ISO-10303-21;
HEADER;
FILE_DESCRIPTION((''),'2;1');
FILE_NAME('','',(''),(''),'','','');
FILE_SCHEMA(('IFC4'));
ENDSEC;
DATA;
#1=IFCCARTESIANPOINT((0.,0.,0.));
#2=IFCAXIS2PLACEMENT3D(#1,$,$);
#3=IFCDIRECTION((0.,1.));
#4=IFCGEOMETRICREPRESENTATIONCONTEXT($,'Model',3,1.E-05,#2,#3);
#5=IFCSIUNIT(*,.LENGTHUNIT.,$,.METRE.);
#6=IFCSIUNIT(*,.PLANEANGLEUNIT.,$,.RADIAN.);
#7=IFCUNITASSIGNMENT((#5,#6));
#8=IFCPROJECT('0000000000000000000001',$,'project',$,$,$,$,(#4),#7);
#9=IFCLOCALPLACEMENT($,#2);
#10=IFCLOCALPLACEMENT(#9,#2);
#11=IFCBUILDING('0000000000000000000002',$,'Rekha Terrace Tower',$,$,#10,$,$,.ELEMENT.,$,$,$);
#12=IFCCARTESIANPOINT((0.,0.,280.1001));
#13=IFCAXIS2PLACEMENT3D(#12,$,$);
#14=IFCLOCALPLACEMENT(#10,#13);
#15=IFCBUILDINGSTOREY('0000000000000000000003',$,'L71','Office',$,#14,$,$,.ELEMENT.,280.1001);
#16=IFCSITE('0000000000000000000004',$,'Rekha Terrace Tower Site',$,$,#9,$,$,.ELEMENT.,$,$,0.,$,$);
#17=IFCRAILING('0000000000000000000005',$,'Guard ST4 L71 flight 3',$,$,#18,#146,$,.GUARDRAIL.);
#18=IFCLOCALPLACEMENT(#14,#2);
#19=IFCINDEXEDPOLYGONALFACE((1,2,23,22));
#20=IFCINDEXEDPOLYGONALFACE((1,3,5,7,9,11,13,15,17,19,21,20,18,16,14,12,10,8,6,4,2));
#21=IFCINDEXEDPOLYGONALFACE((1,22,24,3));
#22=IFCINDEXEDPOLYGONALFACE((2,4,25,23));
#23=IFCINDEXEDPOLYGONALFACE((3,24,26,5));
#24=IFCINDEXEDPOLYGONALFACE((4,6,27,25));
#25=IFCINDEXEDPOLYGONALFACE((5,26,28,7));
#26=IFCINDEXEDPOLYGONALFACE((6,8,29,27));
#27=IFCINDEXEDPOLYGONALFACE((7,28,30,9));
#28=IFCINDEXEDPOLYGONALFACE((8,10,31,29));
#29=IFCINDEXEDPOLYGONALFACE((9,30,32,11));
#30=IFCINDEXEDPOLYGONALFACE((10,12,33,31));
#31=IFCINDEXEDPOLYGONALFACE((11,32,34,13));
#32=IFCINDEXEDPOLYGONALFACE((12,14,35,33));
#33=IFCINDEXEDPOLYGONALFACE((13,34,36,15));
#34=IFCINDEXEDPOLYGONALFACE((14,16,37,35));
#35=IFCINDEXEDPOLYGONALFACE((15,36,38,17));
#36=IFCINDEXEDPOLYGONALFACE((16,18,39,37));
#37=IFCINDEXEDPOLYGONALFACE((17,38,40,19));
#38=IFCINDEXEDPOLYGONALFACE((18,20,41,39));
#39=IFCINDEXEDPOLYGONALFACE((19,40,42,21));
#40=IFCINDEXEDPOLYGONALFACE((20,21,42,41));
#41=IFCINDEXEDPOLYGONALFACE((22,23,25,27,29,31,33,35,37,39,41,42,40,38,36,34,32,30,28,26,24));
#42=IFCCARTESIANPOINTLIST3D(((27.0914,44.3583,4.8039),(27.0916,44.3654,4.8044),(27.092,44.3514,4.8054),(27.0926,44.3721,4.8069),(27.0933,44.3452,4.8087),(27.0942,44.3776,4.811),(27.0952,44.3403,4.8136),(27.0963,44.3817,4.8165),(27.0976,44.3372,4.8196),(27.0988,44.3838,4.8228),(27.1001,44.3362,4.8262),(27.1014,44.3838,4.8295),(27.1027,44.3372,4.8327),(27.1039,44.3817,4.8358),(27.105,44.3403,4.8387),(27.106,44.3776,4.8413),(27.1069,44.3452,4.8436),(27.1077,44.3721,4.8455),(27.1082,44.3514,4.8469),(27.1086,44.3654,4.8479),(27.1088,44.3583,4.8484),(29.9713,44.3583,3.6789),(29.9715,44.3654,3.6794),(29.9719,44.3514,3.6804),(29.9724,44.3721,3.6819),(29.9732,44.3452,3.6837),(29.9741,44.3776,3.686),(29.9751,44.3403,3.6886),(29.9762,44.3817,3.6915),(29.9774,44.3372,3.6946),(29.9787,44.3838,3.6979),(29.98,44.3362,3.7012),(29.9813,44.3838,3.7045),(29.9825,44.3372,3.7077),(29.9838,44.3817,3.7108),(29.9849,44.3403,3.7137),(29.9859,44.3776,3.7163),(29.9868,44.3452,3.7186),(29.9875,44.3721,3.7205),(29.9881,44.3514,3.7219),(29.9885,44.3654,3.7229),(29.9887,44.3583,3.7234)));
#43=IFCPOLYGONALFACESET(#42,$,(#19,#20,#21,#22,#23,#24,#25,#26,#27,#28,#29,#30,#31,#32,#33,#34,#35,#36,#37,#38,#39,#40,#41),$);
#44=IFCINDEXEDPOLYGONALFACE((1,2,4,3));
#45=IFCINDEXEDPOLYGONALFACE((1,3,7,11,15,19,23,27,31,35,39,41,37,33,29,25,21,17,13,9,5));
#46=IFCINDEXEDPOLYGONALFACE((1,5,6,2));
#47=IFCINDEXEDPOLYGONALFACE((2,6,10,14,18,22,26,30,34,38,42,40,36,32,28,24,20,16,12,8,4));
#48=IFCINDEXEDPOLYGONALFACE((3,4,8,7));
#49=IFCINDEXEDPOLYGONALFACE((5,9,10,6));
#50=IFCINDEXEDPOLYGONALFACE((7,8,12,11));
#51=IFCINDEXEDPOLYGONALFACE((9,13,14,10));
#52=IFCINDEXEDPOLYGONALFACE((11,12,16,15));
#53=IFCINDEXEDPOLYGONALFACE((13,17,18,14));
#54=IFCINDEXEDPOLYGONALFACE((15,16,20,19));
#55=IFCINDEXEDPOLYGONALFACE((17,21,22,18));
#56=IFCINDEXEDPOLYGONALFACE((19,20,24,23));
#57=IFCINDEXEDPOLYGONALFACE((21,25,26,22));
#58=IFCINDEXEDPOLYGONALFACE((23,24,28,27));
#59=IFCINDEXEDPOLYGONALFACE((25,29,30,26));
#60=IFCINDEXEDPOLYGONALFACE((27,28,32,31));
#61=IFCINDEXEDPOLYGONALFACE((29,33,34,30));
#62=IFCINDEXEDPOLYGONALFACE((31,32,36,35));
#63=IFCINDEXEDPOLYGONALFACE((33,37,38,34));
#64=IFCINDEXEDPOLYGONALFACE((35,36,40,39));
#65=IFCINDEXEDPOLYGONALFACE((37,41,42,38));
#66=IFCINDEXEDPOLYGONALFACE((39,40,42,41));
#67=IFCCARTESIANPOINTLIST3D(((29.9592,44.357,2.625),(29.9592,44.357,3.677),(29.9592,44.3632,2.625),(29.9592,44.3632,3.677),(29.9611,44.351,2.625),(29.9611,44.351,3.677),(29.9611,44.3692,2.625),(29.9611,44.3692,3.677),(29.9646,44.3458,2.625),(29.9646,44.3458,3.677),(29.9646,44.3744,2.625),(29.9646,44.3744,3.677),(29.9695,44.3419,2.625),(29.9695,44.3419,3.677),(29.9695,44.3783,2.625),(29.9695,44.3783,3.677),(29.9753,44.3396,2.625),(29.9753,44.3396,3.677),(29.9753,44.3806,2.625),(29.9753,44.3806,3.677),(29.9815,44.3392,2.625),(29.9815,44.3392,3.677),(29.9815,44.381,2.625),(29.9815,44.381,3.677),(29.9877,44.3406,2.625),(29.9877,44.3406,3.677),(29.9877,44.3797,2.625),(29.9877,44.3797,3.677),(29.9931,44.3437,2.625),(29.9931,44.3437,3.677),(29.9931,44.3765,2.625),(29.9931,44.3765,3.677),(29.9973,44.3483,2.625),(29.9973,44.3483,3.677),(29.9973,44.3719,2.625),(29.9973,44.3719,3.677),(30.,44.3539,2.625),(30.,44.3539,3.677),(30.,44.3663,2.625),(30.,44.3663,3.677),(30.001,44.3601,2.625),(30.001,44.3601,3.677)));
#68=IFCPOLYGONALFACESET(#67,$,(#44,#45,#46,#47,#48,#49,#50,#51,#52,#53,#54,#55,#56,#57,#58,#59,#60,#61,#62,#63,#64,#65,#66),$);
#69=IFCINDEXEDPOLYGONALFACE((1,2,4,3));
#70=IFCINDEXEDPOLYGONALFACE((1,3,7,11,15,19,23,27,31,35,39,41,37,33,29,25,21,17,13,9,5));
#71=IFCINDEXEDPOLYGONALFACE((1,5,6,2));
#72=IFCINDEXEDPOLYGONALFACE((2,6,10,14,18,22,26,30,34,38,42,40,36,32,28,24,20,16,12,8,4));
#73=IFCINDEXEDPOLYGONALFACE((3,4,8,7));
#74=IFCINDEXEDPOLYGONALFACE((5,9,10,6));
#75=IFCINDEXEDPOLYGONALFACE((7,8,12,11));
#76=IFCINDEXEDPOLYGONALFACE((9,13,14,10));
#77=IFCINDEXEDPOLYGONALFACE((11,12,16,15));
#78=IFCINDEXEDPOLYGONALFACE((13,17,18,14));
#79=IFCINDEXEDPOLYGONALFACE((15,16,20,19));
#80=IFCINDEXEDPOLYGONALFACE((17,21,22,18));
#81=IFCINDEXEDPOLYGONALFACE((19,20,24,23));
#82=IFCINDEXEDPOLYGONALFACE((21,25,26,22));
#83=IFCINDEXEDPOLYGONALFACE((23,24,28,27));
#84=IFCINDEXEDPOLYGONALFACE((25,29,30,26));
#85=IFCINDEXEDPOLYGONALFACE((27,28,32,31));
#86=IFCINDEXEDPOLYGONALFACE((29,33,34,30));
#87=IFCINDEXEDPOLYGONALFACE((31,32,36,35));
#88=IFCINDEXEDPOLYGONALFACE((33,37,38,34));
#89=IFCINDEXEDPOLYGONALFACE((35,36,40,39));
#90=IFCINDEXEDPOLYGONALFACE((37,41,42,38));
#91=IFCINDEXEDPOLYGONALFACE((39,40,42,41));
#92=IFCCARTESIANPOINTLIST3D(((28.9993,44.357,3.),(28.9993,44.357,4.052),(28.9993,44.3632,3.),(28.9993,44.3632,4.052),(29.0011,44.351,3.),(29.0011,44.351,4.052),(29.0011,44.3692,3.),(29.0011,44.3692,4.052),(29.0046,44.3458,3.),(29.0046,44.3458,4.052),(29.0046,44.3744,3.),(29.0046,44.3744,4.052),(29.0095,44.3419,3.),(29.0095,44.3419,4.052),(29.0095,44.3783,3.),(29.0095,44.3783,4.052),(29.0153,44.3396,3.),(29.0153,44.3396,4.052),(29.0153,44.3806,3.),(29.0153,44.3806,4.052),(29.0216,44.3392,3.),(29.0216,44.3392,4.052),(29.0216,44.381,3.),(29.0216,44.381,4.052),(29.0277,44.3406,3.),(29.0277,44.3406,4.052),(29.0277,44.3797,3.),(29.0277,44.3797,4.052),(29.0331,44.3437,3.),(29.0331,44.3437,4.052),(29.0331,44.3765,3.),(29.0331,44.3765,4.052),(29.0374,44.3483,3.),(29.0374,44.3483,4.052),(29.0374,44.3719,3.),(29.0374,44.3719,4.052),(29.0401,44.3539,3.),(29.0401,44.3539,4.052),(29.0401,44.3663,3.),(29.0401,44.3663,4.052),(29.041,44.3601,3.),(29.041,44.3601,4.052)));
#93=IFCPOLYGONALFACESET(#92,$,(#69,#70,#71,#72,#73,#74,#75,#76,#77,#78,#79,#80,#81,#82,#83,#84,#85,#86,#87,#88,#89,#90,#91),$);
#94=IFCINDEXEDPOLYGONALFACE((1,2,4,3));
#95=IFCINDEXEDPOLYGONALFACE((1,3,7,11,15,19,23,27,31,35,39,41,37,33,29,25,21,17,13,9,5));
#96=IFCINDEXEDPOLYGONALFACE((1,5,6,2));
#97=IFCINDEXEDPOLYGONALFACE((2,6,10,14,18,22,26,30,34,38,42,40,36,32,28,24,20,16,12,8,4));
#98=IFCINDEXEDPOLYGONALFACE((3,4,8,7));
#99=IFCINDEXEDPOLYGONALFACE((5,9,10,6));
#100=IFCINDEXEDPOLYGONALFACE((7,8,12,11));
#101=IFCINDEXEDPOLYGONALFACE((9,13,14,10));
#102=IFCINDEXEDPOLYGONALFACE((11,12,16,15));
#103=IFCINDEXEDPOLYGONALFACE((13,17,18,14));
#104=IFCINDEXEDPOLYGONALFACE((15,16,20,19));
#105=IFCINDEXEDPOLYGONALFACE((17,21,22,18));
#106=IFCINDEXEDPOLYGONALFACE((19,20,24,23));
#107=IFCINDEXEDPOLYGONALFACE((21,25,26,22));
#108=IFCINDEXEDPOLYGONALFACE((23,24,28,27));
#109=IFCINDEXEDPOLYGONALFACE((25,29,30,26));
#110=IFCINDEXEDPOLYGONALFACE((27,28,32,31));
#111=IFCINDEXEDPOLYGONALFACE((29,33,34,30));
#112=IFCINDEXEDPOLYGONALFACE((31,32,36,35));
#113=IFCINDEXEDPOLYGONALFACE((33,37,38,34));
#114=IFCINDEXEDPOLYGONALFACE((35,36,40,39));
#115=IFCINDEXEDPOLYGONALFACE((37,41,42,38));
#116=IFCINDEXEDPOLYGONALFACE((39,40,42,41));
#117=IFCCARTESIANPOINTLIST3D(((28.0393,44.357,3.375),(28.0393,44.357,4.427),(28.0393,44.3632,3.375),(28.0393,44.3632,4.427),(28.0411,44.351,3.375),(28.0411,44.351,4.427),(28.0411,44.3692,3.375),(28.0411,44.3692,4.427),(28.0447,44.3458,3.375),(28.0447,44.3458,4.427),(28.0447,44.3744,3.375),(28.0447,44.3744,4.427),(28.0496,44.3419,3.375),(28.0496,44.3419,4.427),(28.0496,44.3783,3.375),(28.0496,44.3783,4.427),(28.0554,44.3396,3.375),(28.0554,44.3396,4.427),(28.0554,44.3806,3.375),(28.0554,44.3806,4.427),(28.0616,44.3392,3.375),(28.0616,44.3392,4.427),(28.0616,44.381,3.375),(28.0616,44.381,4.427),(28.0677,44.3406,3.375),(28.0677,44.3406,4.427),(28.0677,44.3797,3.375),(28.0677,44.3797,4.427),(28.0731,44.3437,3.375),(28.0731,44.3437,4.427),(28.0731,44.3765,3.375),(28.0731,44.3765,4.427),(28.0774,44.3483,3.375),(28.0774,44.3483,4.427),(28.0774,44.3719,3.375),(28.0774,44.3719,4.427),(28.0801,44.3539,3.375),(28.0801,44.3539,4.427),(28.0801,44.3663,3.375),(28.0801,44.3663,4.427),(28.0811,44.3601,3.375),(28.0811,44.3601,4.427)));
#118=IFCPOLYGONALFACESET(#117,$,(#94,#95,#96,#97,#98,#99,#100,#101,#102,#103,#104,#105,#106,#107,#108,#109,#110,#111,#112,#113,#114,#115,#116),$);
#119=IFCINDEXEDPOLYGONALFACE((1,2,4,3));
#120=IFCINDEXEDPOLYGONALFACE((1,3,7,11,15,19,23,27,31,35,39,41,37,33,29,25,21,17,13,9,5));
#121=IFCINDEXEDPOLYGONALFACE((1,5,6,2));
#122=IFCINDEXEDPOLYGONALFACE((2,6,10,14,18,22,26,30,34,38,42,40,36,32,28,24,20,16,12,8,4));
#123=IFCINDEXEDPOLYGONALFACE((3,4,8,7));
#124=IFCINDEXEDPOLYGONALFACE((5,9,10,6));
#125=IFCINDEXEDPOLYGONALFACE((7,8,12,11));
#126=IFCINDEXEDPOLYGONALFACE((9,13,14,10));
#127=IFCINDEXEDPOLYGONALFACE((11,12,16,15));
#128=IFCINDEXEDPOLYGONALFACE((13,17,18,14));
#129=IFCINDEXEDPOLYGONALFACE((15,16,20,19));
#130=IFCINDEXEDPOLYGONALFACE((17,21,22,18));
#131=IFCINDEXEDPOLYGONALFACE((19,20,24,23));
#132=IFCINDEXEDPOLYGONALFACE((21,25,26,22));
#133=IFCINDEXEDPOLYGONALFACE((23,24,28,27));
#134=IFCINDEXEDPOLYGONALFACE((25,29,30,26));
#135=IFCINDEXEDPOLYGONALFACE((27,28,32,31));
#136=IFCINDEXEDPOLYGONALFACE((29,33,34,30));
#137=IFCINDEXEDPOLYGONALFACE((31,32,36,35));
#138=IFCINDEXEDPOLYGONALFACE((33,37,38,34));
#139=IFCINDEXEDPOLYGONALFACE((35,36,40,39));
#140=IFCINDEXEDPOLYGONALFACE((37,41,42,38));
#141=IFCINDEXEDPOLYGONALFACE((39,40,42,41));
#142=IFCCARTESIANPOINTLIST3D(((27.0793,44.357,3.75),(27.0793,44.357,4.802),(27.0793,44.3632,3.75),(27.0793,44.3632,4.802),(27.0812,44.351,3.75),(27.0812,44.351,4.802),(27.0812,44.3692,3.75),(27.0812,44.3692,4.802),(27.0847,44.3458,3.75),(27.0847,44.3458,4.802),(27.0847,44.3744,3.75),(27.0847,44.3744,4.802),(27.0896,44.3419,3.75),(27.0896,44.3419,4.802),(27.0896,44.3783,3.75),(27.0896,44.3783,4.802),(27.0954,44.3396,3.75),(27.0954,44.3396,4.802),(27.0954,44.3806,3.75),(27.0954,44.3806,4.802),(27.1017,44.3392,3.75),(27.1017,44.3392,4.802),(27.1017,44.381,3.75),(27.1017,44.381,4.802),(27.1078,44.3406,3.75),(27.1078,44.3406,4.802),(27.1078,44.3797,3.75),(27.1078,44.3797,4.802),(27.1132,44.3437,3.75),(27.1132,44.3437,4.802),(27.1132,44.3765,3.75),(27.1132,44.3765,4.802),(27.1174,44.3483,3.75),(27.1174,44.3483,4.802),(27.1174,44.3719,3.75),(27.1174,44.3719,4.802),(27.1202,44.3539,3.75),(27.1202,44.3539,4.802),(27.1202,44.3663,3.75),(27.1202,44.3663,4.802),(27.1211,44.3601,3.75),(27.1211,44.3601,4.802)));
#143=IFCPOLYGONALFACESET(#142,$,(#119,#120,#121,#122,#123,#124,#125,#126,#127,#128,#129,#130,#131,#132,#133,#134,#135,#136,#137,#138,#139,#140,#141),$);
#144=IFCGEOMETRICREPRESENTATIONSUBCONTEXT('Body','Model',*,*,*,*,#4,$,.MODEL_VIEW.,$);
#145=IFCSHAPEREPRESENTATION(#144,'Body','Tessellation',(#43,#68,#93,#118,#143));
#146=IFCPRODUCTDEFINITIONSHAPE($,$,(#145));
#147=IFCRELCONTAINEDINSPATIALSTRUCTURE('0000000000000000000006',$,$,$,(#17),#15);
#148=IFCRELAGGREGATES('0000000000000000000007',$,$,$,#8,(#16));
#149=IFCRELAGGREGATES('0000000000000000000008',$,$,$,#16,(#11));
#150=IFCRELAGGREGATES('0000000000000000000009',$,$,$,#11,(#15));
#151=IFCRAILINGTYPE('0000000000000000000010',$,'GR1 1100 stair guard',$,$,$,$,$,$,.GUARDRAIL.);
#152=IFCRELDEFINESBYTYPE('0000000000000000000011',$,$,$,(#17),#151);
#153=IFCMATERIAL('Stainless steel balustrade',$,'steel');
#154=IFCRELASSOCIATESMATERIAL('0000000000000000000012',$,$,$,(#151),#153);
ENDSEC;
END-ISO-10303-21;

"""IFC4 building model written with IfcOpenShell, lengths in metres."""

from ifc_helpers import new_model, si_unit, direction, frame, origin, origin_2d, place, context, subcontext, project, spatial, circle, extrude, material, type_object, element, save


model = new_model("IFC4")

# Units and contexts
model_context = context("Model", 3, precision=1e-05, world=origin(), true_north=direction((0.0, 1.0)))
body_context = subcontext(model_context, "Body", "Model", "MODEL_VIEW")
ifc_project = project(units=[si_unit("LENGTHUNIT", "METRE"), si_unit("PLANEANGLEUNIT", "RADIAN")], contexts=[model_context])

# Site, building, storey
site_placement = place(None, origin())
site = spatial("IfcSite", under=ifc_project, at=site_placement, Name="Rekha Terrace Tower Site", CompositionType="ELEMENT", RefElevation=0.0)
building_placement = place(site_placement, origin())
building = spatial("IfcBuilding", under=site, at=building_placement, Name="Rekha Terrace Tower", CompositionType="ELEMENT")
storey_placement = place(building_placement, frame((0.0, 0.0, 280.1001)))
storey = spatial("IfcBuildingStorey", under=building, at=storey_placement, Name="L71", Description="Office", CompositionType="ELEMENT", Elevation=280.1001)

# Railing
ifc_material_1 = material(Name="Stainless steel balustrade", Category="steel")
railing_type_1 = type_object("IfcRailingType", Name="GR1 1100 stair guard", PredefinedType="GUARDRAIL", material=ifc_material_1)
railing_1_placement = place(storey_placement, frame((29.98, 44.3601, 2.625)))
element("IfcRailing", 1, at=railing_1_placement, inside=storey, type_object=railing_type_1, Name="Guard ST4 L71 flight 3", PredefinedType="GUARDRAIL", context=body_context, shape_type="SweptSolid", body=[
    extrude(circle(Radius=0.0239, at=origin_2d()), frame((0.0, 0.0, 1.0762), z_axis=(-0.931452, 0.0, 0.363863), x_axis=(0.0, -1.0, 0.0)), (0.0, 0.0, 1.0), 3.0918),
    extrude(circle(Radius=0.021, at=origin_2d()), origin(), (0.0, 0.0, 1.0), 1.052),
    extrude(circle(Radius=0.021, at=origin_2d()), frame((-0.96, 0.0, 0.375)), (0.0, 0.0, 1.0), 1.052),
    extrude(circle(Radius=0.021, at=origin_2d()), frame((-1.9199, 0.0, 0.75)), (0.0, 0.0, 1.0), 1.052),
    extrude(circle(Radius=0.021, at=origin_2d()), frame((-2.8799, 0.0, 1.125)), (0.0, 0.0, 1.0), 1.052),
])

save(model, "model.ifc")
